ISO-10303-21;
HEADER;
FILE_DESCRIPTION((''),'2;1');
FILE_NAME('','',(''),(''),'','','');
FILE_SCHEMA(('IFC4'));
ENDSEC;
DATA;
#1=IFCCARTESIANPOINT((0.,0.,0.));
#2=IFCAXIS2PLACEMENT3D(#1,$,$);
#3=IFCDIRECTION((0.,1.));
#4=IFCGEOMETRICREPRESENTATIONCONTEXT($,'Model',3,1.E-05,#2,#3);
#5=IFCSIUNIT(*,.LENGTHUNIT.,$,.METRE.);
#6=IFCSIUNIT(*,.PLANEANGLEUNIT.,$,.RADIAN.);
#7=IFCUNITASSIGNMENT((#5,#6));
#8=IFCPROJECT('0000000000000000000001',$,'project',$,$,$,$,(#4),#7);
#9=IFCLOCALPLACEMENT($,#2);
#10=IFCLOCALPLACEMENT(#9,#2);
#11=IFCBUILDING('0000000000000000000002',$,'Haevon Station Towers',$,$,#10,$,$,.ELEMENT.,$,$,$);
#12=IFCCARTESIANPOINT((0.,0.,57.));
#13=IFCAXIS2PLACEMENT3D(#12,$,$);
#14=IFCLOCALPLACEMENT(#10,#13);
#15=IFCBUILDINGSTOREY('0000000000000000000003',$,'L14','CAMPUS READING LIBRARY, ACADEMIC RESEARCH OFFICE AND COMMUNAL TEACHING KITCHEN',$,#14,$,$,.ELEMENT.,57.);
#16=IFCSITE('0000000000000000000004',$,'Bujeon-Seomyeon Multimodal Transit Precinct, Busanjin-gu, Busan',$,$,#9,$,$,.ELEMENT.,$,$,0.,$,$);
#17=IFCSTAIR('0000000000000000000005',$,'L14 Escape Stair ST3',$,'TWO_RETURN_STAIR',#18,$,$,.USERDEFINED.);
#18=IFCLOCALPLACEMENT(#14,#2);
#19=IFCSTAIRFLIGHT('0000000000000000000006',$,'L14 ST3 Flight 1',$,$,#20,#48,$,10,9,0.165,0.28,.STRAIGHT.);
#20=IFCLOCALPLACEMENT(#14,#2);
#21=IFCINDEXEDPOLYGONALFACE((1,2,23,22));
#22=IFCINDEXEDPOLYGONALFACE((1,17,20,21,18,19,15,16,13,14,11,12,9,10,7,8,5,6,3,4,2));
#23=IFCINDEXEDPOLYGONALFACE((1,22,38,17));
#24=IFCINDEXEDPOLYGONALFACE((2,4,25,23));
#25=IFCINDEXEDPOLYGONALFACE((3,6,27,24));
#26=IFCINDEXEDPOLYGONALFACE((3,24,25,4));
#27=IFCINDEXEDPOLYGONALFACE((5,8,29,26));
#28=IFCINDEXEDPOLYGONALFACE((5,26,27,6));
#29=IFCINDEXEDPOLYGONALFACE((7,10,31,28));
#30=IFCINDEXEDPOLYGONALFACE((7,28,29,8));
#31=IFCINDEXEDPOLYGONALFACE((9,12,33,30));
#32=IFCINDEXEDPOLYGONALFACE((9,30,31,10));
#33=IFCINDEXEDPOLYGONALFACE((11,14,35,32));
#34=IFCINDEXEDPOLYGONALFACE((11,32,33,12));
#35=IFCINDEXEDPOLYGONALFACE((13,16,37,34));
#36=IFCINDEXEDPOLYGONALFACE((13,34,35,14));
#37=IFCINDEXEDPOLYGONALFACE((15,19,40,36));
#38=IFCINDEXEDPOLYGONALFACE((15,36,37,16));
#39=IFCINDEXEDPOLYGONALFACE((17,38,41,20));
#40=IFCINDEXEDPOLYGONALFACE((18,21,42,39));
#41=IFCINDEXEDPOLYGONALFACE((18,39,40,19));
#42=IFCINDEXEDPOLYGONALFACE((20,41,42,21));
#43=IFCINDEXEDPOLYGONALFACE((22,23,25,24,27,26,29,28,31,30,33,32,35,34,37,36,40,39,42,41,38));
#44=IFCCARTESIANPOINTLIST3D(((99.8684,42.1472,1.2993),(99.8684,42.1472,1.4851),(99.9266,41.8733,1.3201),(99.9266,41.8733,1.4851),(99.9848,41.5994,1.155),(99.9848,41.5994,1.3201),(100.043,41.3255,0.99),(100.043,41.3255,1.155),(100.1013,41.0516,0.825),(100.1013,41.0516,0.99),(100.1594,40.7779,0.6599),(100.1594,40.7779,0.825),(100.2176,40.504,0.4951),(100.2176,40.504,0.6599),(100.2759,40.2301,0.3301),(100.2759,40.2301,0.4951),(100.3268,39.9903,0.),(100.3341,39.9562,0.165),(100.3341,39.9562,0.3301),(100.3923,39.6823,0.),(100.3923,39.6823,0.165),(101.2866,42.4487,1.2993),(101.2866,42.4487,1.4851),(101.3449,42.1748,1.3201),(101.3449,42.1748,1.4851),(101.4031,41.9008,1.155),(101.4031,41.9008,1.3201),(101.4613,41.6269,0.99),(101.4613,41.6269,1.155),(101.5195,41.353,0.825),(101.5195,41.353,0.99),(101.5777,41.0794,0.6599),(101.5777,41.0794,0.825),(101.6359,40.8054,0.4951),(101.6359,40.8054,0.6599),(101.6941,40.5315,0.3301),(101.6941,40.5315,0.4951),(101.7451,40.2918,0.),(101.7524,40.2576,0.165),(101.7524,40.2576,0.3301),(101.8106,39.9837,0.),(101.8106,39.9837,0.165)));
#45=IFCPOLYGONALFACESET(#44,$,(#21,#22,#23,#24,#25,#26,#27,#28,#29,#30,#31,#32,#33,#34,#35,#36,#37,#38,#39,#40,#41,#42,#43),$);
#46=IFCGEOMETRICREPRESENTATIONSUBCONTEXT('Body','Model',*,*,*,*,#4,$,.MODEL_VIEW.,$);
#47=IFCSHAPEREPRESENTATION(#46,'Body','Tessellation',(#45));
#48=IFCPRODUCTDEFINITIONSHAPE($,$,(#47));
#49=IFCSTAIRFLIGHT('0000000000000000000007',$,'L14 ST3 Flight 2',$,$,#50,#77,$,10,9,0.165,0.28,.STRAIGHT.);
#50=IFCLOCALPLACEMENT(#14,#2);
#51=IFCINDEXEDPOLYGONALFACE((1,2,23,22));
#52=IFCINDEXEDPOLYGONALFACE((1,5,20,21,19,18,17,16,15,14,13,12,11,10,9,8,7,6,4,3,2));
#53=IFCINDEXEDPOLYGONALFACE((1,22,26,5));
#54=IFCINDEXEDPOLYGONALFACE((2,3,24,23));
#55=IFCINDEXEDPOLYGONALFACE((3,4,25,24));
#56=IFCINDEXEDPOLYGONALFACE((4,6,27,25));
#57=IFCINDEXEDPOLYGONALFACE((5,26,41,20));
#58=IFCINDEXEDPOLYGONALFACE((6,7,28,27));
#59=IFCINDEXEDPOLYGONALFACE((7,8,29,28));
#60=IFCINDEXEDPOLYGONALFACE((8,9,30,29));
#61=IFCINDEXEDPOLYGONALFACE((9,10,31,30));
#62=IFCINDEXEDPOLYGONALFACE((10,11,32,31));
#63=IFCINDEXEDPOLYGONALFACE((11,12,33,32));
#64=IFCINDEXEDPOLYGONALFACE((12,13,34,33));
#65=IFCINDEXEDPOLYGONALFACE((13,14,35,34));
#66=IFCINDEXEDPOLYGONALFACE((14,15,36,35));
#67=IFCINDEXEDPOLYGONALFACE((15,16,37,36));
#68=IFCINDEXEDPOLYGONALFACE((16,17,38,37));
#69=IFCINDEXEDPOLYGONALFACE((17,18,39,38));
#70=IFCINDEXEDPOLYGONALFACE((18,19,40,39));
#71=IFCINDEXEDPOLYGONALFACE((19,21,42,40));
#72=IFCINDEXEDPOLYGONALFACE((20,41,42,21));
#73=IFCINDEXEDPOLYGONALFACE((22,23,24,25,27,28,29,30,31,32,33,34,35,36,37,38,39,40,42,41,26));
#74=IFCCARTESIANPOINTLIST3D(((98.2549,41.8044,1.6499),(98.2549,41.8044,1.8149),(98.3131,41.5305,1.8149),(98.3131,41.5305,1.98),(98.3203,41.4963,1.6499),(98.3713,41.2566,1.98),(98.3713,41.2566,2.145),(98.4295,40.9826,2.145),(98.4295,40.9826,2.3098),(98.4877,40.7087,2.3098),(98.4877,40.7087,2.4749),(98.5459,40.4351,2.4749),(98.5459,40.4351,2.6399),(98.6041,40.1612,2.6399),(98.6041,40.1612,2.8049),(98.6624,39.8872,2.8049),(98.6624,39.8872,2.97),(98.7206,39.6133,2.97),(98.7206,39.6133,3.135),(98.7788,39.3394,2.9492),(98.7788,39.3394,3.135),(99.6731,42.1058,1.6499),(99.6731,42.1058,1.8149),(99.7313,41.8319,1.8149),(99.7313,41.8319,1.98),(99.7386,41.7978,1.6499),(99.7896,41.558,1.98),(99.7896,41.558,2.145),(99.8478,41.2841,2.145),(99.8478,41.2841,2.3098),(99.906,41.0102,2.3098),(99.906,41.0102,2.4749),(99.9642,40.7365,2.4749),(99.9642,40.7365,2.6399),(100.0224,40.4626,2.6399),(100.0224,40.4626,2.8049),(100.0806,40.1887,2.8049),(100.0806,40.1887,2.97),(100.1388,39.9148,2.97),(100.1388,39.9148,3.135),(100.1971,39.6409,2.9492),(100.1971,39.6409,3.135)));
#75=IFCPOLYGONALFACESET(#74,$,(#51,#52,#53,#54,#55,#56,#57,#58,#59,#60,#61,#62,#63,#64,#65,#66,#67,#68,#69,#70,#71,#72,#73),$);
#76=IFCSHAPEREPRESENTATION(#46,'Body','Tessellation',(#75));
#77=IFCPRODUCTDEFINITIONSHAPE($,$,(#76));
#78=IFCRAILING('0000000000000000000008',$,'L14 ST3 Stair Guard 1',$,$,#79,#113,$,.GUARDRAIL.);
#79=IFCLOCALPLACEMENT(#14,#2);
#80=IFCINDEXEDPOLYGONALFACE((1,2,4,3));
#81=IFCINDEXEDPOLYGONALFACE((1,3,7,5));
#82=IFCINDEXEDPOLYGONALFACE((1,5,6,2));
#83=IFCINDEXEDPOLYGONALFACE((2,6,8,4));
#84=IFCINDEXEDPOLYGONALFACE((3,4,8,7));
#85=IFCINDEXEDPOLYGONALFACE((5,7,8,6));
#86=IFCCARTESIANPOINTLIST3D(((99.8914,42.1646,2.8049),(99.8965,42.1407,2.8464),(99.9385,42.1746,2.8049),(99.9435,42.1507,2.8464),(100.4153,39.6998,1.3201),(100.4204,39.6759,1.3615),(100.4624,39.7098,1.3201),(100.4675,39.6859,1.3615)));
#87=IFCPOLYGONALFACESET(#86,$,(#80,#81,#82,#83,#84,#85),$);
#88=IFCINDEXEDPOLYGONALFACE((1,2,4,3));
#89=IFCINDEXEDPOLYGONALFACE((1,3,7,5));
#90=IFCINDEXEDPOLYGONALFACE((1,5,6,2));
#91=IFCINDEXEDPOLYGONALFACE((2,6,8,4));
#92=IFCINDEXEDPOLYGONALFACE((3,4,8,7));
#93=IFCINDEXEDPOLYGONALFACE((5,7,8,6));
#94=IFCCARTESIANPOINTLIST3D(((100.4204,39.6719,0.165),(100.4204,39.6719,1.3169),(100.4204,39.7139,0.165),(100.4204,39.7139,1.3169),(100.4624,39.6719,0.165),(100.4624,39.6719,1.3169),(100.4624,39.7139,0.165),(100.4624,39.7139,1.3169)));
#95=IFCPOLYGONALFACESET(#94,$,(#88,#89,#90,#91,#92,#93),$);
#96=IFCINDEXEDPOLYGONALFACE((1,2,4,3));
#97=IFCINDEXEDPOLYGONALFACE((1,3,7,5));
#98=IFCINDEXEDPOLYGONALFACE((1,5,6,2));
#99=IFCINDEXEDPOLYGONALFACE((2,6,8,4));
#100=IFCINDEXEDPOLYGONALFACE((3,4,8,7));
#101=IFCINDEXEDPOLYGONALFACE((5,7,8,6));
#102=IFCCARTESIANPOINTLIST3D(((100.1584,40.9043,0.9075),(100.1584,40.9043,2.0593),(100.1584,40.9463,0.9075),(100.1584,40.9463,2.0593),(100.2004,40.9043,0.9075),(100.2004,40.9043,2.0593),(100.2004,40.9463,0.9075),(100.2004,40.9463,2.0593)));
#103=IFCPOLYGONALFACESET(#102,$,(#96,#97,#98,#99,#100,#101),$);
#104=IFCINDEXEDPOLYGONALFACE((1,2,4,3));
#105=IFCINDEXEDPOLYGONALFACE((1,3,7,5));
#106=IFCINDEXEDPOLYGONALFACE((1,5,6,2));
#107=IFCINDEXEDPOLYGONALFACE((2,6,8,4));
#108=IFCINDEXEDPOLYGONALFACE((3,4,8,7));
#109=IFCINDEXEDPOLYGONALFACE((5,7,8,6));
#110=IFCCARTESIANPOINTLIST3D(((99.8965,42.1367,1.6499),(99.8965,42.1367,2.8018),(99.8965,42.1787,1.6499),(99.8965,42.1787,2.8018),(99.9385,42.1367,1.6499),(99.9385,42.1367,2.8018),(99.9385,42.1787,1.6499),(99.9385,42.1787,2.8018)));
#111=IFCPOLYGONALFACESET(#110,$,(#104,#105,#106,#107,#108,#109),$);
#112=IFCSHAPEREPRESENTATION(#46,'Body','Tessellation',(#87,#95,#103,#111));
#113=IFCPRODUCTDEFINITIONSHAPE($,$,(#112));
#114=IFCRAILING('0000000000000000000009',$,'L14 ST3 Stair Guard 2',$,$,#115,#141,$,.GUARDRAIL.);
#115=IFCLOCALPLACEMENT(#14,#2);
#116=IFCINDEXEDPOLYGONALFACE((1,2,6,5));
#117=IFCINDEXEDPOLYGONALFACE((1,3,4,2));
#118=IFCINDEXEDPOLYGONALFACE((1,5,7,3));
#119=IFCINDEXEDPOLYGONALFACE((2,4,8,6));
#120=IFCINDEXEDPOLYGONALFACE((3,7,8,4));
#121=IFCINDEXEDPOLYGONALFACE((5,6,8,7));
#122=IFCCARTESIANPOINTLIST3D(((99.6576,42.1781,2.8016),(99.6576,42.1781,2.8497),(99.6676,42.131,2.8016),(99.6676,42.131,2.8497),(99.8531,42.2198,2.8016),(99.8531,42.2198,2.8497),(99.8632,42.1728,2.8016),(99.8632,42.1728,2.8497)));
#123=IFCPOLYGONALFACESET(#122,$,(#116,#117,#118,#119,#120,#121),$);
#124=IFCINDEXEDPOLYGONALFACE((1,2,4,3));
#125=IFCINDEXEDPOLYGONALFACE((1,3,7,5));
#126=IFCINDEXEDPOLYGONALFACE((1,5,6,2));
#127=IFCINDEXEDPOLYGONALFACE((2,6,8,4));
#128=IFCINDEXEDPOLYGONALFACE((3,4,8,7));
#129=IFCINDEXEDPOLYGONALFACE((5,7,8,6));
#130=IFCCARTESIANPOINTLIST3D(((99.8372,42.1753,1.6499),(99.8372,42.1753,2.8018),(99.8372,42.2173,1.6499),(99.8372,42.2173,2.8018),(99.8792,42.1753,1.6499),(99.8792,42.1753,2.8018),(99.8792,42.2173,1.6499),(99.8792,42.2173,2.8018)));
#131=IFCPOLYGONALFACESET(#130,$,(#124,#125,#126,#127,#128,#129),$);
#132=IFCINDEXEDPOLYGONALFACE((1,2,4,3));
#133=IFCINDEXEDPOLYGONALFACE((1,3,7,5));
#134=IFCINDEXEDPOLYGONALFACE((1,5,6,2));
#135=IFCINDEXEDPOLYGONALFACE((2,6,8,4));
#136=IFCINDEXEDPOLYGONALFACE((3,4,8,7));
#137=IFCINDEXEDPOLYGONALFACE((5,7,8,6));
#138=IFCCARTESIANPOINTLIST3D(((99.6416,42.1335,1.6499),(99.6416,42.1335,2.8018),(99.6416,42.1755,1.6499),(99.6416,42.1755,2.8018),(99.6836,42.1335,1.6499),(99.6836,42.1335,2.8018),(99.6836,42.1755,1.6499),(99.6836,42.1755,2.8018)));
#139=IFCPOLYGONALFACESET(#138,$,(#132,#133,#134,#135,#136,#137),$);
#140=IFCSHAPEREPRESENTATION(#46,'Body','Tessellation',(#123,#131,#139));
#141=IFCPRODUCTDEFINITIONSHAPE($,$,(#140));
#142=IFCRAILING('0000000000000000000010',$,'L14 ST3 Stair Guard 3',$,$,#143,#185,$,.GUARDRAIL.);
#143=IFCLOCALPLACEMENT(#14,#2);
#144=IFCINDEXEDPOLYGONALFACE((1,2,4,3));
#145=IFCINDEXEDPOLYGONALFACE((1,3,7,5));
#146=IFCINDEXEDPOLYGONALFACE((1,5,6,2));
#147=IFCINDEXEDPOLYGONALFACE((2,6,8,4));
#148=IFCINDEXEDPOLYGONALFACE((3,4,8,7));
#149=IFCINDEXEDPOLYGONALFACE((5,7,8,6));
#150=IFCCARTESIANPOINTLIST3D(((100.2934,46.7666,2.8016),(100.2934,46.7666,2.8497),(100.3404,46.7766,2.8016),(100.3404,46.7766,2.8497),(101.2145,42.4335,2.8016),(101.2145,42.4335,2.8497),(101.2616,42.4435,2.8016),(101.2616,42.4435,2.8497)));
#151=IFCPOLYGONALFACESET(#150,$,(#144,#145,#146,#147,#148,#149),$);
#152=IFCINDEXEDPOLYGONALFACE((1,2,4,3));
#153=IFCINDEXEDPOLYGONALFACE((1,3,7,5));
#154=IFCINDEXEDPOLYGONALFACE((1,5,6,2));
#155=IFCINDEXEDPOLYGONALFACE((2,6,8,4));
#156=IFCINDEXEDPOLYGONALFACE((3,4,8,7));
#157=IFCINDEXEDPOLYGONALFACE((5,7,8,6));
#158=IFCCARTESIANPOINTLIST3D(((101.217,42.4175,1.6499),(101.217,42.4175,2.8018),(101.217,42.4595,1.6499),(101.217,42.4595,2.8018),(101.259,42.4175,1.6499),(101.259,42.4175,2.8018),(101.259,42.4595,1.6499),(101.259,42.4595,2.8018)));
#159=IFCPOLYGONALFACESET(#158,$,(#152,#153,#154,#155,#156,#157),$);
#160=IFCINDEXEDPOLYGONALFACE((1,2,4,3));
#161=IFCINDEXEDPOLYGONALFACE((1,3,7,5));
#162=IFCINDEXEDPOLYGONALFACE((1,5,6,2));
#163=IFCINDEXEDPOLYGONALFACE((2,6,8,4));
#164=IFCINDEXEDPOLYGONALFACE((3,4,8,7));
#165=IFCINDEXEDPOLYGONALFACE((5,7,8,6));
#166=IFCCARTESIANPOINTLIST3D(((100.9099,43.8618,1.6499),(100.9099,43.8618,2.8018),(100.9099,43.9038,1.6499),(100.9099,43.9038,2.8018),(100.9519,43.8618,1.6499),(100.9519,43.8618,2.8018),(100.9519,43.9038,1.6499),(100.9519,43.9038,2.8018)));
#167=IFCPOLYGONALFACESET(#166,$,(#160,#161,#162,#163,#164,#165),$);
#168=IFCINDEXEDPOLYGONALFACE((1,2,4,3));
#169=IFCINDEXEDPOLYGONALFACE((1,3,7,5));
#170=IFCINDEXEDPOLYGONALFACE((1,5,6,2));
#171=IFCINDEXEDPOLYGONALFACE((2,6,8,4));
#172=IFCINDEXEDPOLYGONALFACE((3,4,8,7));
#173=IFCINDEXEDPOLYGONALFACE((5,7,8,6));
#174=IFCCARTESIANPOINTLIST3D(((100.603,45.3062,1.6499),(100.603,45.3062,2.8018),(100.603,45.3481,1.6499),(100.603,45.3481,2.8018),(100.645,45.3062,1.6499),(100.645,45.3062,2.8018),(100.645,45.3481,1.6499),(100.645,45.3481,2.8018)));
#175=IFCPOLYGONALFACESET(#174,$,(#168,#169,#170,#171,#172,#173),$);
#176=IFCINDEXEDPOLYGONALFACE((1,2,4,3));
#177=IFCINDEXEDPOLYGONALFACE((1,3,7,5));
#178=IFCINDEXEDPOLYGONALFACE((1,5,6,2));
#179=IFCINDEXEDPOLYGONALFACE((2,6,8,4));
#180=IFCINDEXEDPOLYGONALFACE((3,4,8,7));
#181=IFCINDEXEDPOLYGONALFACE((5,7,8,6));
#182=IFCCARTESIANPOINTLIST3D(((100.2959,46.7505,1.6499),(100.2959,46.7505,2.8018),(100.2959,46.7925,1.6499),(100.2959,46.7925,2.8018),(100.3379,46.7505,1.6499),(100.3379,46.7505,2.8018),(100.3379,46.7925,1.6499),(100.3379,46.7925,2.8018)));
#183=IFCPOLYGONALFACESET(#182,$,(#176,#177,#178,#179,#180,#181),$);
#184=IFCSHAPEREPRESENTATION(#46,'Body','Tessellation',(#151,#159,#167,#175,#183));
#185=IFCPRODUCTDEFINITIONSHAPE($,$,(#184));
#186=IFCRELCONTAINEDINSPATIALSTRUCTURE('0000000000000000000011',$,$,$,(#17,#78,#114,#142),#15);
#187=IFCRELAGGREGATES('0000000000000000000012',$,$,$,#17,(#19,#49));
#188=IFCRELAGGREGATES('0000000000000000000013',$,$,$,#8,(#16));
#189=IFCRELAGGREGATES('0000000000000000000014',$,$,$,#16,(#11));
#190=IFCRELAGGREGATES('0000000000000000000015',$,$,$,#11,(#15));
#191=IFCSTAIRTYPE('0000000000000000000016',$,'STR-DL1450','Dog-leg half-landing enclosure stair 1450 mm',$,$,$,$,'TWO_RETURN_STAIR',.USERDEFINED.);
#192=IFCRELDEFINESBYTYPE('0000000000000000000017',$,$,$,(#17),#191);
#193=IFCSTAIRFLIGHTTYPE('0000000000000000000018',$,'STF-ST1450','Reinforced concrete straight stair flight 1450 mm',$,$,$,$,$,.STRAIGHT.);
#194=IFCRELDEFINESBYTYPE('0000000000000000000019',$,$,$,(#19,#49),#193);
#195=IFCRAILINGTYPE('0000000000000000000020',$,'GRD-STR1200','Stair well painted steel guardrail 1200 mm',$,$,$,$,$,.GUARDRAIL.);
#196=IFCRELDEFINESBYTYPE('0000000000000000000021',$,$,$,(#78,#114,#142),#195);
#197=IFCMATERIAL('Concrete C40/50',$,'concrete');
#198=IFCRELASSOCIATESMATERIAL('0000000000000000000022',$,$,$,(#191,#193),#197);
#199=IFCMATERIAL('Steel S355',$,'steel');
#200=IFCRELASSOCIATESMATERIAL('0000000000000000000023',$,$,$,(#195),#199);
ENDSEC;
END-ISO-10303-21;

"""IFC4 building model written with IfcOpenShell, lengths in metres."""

from ifc_helpers import new_model, si_unit, direction, frame, origin, origin_2d, place, context, subcontext, project, spatial, polyline, rectangle, outline, extrude, material, type_object, element, aggregate, save


model = new_model("IFC4")

# Units and contexts
model_context = context("Model", 3, precision=1e-05, world=origin(), true_north=direction((0.0, 1.0)))
body_context = subcontext(model_context, "Body", "Model", "MODEL_VIEW")
ifc_project = project(units=[si_unit("LENGTHUNIT", "METRE"), si_unit("PLANEANGLEUNIT", "RADIAN")], contexts=[model_context])

# Site, building, storey
site_placement = place(None, origin())
site = spatial("IfcSite", under=ifc_project, at=site_placement, Name="Bujeon-Seomyeon Multimodal Transit Precinct, Busanjin-gu, Busan", CompositionType="ELEMENT", RefElevation=0.0)
building_placement = place(site_placement, origin())
building = spatial("IfcBuilding", under=site, at=building_placement, Name="Haevon Station Towers", CompositionType="ELEMENT")
storey_placement = place(building_placement, frame((0.0, 0.0, 57.0)))
storey = spatial("IfcBuildingStorey", under=building, at=storey_placement, Name="L14", Description="CAMPUS READING LIBRARY, ACADEMIC RESEARCH OFFICE AND COMMUNAL TEACHING KITCHEN", CompositionType="ELEMENT", Elevation=57.0)

# Shared definitions
ifc_material_1 = material(Name="Steel S355", Category="steel")

# Shared definitions
ifc_material_2 = material(Name="Concrete C40/50", Category="concrete")

# Stair, stair flights
stair_type = type_object("IfcStairType", Name="STR-DL1450", Description="Dog-leg half-landing enclosure stair 1450 mm", ElementType="TWO_RETURN_STAIR", PredefinedType="USERDEFINED", material=ifc_material_2)
stair_placement = place(storey_placement, origin())
stair = element("IfcStair", 1, at=stair_placement, inside=storey, type_object=stair_type, Name="L14 Escape Stair ST3", ObjectType="TWO_RETURN_STAIR", PredefinedType="USERDEFINED")
stair_flight_type = type_object("IfcStairFlightType", Name="STF-ST1450", Description="Reinforced concrete straight stair flight 1450 mm", PredefinedType="STRAIGHT", material=ifc_material_2)
stair_flight_1_placement = place(storey_placement, frame((101.1016, 39.833, 0.0), z_axis=(0.0, 0.0, 1.0), x_axis=(-0.207912, 0.978148, 0.0)))
stair_flight_1 = element("IfcStairFlight", 2, at=stair_flight_1_placement, type_object=stair_flight_type, Name="L14 ST3 Flight 1", NumberOfRisers=10, NumberOfTreads=9, PredefinedType="STRAIGHT", RiserHeight=0.165, TreadLength=0.28, context=body_context, shape_type="SweptSolid", body=[
    extrude(outline(polyline([(0.0, 0.0), (0.0, 0.165), (0.28, 0.165), (0.28, 0.3301), (0.5601, 0.3301), (0.5601, 0.4951), (0.8401, 0.4951), (0.8401, 0.6599), (1.1201, 0.6599), (1.1201, 0.825), (1.3999, 0.825), (1.3999, 0.99), (1.6799, 0.99), (1.6799, 1.155), (1.96, 1.155), (1.96, 1.3201), (2.24, 1.3201), (2.24, 1.4851), (2.52, 1.4851), (2.52, 1.6499), (2.52, 1.2993), (0.3149, 0.0), (0.0, 0.0)])), frame((0.0, 0.7251, 0.0), z_axis=(0.0, -1.0, 0.0), x_axis=(1.0, 0.0, 0.0)), (0.0, 0.0, 1.0), 1.45),
])
stair_flight_2_placement = place(storey_placement, frame((98.9639, 41.9551, 1.6499), z_axis=(0.0, 0.0, 1.0), x_axis=(0.207912, -0.978148, 0.0)))
stair_flight_2 = element("IfcStairFlight", 3, at=stair_flight_2_placement, type_object=stair_flight_type, Name="L14 ST3 Flight 2", NumberOfRisers=10, NumberOfTreads=9, PredefinedType="STRAIGHT", RiserHeight=0.165, TreadLength=0.28, context=body_context, shape_type="SweptSolid", body=[
    extrude(outline(polyline([(0.0, 0.0), (0.0, 0.165), (0.28, 0.165), (0.28, 0.3301), (0.5601, 0.3301), (0.5601, 0.4951), (0.8401, 0.4951), (0.8401, 0.6599), (1.1201, 0.6599), (1.1201, 0.825), (1.3999, 0.825), (1.3999, 0.99), (1.6799, 0.99), (1.6799, 1.155), (1.96, 1.155), (1.96, 1.3201), (2.24, 1.3201), (2.24, 1.4851), (2.52, 1.4851), (2.52, 1.6499), (2.52, 1.2993), (0.3149, 0.0), (0.0, 0.0)])), frame((0.0, 0.7251, 0.0), z_axis=(0.0, -1.0, 0.0), x_axis=(1.0, 0.0, 0.0)), (0.0, 0.0, 1.0), 1.45),
])
aggregate(stair, [stair_flight_1, stair_flight_2])

# Railings
railing_type_1 = type_object("IfcRailingType", Name="GRD-STR1200", Description="Stair well painted steel guardrail 1200 mm", PredefinedType="GUARDRAIL", material=ifc_material_1)
railing_1_placement = place(storey_placement, frame((100.4414, 39.6929, 0.165)))
element("IfcRailing", 4, at=railing_1_placement, inside=storey, type_object=railing_type_1, Name="L14 ST3 Stair Guard 1", PredefinedType="GUARDRAIL", context=body_context, shape_type="SweptSolid", body=[
    extrude(rectangle(XDim=0.0481, YDim=0.0481, at=origin_2d()), frame((0.0, 0.0, 1.1758), z_axis=(-0.179129, 0.842724, 0.507671), x_axis=(-0.978147, -0.207914, 0.0)), (0.0, 0.0, 1.0), 2.9248),
    extrude(rectangle(XDim=0.042, YDim=0.042, at=origin_2d()), origin(), (0.0, 0.0, 1.0), 1.1519),
    extrude(rectangle(XDim=0.042, YDim=0.042, at=origin_2d()), frame((-0.262, 1.2324, 0.7424)), (0.0, 0.0, 1.0), 1.1519),
    extrude(rectangle(XDim=0.042, YDim=0.042, at=origin_2d()), frame((-0.5239, 2.4648, 1.4849)), (0.0, 0.0, 1.0), 1.1519),
])
railing_2_placement = place(storey_placement, frame((99.8582, 42.1963, 1.6499)))
element("IfcRailing", 5, at=railing_2_placement, inside=storey, type_object=railing_type_1, Name="L14 ST3 Stair Guard 2", PredefinedType="GUARDRAIL", context=body_context, shape_type="SweptSolid", body=[
    extrude(rectangle(XDim=0.0481, YDim=0.0481, at=origin_2d()), frame((0.0, 0.0, 1.1758), z_axis=(-0.977963, -0.208779, 0.0), x_axis=(0.208779, -0.977963, 0.0)), (0.0, 0.0, 1.0), 0.2),
    extrude(rectangle(XDim=0.042, YDim=0.042, at=origin_2d()), origin(), (0.0, 0.0, 1.0), 1.1519),
    extrude(rectangle(XDim=0.042, YDim=0.042, at=origin_2d()), frame((-0.1956, -0.0417, 0.0)), (0.0, 0.0, 1.0), 1.1519),
])
railing_3_placement = place(storey_placement, frame((101.238, 42.4385, 1.6499)))
element("IfcRailing", 6, at=railing_3_placement, inside=storey, type_object=railing_type_1, Name="L14 ST3 Stair Guard 3", PredefinedType="GUARDRAIL", context=body_context, shape_type="SweptSolid", body=[
    extrude(rectangle(XDim=0.0481, YDim=0.0481, at=origin_2d()), frame((0.0, 0.0, 1.1758), z_axis=(-0.20794, 0.978141, 0.0), x_axis=(-0.978141, -0.20794, 0.0)), (0.0, 0.0, 1.0), 4.4299),
    extrude(rectangle(XDim=0.042, YDim=0.042, at=origin_2d()), origin(), (0.0, 0.0, 1.0), 1.1519),
    extrude(rectangle(XDim=0.042, YDim=0.042, at=origin_2d()), frame((-0.3071, 1.4443, 0.0)), (0.0, 0.0, 1.0), 1.1519),
    extrude(rectangle(XDim=0.042, YDim=0.042, at=origin_2d()), frame((-0.614, 2.8887, 0.0)), (0.0, 0.0, 1.0), 1.1519),
    extrude(rectangle(XDim=0.042, YDim=0.042, at=origin_2d()), frame((-0.9211, 4.333, 0.0)), (0.0, 0.0, 1.0), 1.1519),
])

save(model, "model.ifc")
